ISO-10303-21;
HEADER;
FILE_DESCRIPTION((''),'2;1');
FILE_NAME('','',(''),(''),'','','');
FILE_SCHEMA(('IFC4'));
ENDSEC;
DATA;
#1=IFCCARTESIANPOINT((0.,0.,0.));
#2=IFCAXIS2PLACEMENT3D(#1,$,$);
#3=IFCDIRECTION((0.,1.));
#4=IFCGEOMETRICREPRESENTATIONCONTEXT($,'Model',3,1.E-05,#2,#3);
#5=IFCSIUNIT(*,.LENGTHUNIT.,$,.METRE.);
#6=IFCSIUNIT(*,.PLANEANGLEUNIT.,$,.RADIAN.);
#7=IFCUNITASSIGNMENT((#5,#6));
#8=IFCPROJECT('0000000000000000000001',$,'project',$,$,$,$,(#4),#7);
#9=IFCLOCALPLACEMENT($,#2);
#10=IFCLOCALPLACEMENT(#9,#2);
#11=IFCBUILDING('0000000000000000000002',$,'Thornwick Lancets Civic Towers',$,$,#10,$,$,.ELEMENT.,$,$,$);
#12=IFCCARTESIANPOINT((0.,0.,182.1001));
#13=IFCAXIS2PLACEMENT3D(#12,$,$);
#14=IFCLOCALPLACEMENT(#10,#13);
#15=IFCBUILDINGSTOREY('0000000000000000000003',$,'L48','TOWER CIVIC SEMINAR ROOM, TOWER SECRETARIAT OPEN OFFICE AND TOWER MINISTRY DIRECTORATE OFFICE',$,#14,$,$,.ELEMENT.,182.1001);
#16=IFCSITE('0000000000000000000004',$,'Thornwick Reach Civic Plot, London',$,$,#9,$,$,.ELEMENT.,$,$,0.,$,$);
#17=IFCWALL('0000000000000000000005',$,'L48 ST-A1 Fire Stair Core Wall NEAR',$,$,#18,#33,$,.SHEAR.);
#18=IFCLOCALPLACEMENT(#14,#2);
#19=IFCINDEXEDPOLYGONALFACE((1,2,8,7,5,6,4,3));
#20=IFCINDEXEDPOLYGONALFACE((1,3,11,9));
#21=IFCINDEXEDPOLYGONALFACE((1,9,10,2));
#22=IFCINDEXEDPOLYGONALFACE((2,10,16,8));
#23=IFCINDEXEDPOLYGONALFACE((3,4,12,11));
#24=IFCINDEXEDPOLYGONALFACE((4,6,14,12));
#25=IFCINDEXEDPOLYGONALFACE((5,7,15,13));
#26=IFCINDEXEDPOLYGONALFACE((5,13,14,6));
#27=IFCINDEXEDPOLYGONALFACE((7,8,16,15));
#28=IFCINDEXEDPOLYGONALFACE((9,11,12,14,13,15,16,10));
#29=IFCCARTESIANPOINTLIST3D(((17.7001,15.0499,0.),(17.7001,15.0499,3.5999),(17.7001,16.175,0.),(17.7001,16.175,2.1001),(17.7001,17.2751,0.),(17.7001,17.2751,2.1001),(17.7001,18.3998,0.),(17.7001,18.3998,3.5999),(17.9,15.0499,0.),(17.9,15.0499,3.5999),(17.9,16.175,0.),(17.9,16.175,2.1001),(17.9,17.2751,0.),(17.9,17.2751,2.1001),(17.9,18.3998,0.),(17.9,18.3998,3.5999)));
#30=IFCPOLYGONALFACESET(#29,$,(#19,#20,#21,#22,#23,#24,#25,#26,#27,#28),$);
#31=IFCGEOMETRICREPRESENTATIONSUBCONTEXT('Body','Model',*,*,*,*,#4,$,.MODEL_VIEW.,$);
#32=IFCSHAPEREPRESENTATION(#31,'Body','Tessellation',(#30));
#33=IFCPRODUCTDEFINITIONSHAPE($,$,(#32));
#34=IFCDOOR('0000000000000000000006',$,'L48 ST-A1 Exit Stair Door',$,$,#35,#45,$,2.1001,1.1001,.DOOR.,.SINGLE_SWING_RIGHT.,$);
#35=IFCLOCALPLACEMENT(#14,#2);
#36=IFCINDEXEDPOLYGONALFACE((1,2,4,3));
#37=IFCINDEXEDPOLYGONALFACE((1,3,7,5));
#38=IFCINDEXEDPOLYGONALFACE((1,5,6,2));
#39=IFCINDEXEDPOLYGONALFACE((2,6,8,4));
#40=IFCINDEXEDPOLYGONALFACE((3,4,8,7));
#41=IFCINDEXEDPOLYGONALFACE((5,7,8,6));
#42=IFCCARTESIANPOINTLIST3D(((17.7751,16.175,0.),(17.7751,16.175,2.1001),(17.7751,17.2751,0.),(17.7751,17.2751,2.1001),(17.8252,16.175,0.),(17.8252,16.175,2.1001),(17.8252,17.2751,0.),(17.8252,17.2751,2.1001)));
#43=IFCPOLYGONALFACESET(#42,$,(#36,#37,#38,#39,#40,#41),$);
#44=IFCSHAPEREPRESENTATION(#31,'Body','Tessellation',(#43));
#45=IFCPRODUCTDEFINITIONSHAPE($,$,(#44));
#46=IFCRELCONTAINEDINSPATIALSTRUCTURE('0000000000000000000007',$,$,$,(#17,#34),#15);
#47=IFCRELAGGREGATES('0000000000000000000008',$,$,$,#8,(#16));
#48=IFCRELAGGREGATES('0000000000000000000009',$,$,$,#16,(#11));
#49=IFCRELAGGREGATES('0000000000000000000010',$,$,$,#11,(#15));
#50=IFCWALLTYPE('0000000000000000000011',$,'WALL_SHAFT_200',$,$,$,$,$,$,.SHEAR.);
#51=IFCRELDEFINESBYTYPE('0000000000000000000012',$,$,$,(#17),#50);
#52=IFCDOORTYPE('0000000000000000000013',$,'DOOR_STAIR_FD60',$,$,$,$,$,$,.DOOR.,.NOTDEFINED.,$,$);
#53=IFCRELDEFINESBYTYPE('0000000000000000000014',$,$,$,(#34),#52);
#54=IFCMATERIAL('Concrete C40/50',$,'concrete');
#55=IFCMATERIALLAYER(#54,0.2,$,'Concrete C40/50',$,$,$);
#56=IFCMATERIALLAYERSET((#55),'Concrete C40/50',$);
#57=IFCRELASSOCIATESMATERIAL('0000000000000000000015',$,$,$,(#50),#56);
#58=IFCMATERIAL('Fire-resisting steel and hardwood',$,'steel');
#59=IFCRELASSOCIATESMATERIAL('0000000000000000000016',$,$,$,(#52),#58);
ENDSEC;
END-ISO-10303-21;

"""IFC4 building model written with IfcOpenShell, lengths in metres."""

from ifc_helpers import new_model, si_unit, direction, frame, frame_2d, origin, place, context, subcontext, project, spatial, rectangle, extrude, material, layer, layer_set, type_object, element, fill, save


model = new_model("IFC4")

# Units and contexts
model_context = context("Model", 3, precision=1e-05, world=origin(), true_north=direction((0.0, 1.0)))
body_context = subcontext(model_context, "Body", "Model", "MODEL_VIEW")
ifc_project = project(units=[si_unit("LENGTHUNIT", "METRE"), si_unit("PLANEANGLEUNIT", "RADIAN")], contexts=[model_context])

# Site, building, storey
site_placement = place(None, origin())
site = spatial("IfcSite", under=ifc_project, at=site_placement, Name="Thornwick Reach Civic Plot, London", CompositionType="ELEMENT", RefElevation=0.0)
building_placement = place(site_placement, origin())
building = spatial("IfcBuilding", under=site, at=building_placement, Name="Thornwick Lancets Civic Towers", CompositionType="ELEMENT")
storey_placement = place(building_placement, frame((0.0, 0.0, 182.1001)))
storey = spatial("IfcBuildingStorey", under=building, at=storey_placement, Name="L48", Description="TOWER CIVIC SEMINAR ROOM, TOWER SECRETARIAT OPEN OFFICE AND TOWER MINISTRY DIRECTORATE OFFICE", CompositionType="ELEMENT", Elevation=182.1001)

# Shared definitions
ifc_material_1 = material(Name="Concrete C40/50", Category="concrete")

# Wall, opening, door
ifc_layer_1 = layer(ifc_material_1, 0.2, Name="Concrete C40/50")
ifc_layer_set_1 = layer_set([ifc_layer_1], Name="Concrete C40/50")
wall_type_1 = type_object("IfcWallType", Name="WALL_SHAFT_200", PredefinedType="SHEAR", material=ifc_layer_set_1)
wall_1_placement = place(storey_placement, frame((17.8, 15.05, 0.0), z_axis=(0.0, 0.0, 1.0), x_axis=(0.0, 1.0, 0.0)))
wall_1 = element("IfcWall", 1, at=wall_1_placement, inside=storey, type_object=wall_type_1, Name="L48 ST-A1 Fire Stair Core Wall NEAR", PredefinedType="SHEAR", context=body_context, shape_type="SweptSolid", body=[
    extrude(rectangle(XDim=3.3499, YDim=0.2, at=frame_2d((1.6748, 0.0))), origin(), (0.0, 0.0, 1.0), 3.5999),
])
opening_1_placement = place(wall_1_placement, frame((1.125, 0.0, 0.0)))
opening_1 = element("IfcOpeningElement", 2, at=opening_1_placement, cuts=wall_1, PredefinedType="OPENING", context=body_context, shape_type="SweptSolid", body=[
    extrude(rectangle(XDim=1.1001, YDim=2.1001, at=frame_2d((0.55, 1.05))), frame((0.0, 0.1099, 0.0), z_axis=(0.0, -1.0, 0.0), x_axis=(1.0, 0.0, 0.0)), (0.0, 0.0, 1.0), 0.22),
])
ifc_material_2 = material(Name="Fire-resisting steel and hardwood", Category="steel")
door_type = type_object("IfcDoorType", Name="DOOR_STAIR_FD60", OperationType="NOTDEFINED", PredefinedType="DOOR", material=ifc_material_2)
door_placement = place(opening_1_placement, origin())
door = element("IfcDoor", 3, at=door_placement, inside=storey, type_object=door_type, Name="L48 ST-A1 Exit Stair Door", OperationType="SINGLE_SWING_RIGHT", OverallHeight=2.1001, OverallWidth=1.1001, PredefinedType="DOOR", context=body_context, shape_type="SweptSolid", body=[
    extrude(rectangle(XDim=1.1001, YDim=2.1001, at=frame_2d((0.55, 1.05))), frame((0.0, 0.0249, 0.0), z_axis=(0.0, -1.0, 0.0), x_axis=(1.0, 0.0, 0.0)), (0.0, 0.0, 1.0), 0.05),
])
fill(opening_1, door)

save(model, "model.ifc")
